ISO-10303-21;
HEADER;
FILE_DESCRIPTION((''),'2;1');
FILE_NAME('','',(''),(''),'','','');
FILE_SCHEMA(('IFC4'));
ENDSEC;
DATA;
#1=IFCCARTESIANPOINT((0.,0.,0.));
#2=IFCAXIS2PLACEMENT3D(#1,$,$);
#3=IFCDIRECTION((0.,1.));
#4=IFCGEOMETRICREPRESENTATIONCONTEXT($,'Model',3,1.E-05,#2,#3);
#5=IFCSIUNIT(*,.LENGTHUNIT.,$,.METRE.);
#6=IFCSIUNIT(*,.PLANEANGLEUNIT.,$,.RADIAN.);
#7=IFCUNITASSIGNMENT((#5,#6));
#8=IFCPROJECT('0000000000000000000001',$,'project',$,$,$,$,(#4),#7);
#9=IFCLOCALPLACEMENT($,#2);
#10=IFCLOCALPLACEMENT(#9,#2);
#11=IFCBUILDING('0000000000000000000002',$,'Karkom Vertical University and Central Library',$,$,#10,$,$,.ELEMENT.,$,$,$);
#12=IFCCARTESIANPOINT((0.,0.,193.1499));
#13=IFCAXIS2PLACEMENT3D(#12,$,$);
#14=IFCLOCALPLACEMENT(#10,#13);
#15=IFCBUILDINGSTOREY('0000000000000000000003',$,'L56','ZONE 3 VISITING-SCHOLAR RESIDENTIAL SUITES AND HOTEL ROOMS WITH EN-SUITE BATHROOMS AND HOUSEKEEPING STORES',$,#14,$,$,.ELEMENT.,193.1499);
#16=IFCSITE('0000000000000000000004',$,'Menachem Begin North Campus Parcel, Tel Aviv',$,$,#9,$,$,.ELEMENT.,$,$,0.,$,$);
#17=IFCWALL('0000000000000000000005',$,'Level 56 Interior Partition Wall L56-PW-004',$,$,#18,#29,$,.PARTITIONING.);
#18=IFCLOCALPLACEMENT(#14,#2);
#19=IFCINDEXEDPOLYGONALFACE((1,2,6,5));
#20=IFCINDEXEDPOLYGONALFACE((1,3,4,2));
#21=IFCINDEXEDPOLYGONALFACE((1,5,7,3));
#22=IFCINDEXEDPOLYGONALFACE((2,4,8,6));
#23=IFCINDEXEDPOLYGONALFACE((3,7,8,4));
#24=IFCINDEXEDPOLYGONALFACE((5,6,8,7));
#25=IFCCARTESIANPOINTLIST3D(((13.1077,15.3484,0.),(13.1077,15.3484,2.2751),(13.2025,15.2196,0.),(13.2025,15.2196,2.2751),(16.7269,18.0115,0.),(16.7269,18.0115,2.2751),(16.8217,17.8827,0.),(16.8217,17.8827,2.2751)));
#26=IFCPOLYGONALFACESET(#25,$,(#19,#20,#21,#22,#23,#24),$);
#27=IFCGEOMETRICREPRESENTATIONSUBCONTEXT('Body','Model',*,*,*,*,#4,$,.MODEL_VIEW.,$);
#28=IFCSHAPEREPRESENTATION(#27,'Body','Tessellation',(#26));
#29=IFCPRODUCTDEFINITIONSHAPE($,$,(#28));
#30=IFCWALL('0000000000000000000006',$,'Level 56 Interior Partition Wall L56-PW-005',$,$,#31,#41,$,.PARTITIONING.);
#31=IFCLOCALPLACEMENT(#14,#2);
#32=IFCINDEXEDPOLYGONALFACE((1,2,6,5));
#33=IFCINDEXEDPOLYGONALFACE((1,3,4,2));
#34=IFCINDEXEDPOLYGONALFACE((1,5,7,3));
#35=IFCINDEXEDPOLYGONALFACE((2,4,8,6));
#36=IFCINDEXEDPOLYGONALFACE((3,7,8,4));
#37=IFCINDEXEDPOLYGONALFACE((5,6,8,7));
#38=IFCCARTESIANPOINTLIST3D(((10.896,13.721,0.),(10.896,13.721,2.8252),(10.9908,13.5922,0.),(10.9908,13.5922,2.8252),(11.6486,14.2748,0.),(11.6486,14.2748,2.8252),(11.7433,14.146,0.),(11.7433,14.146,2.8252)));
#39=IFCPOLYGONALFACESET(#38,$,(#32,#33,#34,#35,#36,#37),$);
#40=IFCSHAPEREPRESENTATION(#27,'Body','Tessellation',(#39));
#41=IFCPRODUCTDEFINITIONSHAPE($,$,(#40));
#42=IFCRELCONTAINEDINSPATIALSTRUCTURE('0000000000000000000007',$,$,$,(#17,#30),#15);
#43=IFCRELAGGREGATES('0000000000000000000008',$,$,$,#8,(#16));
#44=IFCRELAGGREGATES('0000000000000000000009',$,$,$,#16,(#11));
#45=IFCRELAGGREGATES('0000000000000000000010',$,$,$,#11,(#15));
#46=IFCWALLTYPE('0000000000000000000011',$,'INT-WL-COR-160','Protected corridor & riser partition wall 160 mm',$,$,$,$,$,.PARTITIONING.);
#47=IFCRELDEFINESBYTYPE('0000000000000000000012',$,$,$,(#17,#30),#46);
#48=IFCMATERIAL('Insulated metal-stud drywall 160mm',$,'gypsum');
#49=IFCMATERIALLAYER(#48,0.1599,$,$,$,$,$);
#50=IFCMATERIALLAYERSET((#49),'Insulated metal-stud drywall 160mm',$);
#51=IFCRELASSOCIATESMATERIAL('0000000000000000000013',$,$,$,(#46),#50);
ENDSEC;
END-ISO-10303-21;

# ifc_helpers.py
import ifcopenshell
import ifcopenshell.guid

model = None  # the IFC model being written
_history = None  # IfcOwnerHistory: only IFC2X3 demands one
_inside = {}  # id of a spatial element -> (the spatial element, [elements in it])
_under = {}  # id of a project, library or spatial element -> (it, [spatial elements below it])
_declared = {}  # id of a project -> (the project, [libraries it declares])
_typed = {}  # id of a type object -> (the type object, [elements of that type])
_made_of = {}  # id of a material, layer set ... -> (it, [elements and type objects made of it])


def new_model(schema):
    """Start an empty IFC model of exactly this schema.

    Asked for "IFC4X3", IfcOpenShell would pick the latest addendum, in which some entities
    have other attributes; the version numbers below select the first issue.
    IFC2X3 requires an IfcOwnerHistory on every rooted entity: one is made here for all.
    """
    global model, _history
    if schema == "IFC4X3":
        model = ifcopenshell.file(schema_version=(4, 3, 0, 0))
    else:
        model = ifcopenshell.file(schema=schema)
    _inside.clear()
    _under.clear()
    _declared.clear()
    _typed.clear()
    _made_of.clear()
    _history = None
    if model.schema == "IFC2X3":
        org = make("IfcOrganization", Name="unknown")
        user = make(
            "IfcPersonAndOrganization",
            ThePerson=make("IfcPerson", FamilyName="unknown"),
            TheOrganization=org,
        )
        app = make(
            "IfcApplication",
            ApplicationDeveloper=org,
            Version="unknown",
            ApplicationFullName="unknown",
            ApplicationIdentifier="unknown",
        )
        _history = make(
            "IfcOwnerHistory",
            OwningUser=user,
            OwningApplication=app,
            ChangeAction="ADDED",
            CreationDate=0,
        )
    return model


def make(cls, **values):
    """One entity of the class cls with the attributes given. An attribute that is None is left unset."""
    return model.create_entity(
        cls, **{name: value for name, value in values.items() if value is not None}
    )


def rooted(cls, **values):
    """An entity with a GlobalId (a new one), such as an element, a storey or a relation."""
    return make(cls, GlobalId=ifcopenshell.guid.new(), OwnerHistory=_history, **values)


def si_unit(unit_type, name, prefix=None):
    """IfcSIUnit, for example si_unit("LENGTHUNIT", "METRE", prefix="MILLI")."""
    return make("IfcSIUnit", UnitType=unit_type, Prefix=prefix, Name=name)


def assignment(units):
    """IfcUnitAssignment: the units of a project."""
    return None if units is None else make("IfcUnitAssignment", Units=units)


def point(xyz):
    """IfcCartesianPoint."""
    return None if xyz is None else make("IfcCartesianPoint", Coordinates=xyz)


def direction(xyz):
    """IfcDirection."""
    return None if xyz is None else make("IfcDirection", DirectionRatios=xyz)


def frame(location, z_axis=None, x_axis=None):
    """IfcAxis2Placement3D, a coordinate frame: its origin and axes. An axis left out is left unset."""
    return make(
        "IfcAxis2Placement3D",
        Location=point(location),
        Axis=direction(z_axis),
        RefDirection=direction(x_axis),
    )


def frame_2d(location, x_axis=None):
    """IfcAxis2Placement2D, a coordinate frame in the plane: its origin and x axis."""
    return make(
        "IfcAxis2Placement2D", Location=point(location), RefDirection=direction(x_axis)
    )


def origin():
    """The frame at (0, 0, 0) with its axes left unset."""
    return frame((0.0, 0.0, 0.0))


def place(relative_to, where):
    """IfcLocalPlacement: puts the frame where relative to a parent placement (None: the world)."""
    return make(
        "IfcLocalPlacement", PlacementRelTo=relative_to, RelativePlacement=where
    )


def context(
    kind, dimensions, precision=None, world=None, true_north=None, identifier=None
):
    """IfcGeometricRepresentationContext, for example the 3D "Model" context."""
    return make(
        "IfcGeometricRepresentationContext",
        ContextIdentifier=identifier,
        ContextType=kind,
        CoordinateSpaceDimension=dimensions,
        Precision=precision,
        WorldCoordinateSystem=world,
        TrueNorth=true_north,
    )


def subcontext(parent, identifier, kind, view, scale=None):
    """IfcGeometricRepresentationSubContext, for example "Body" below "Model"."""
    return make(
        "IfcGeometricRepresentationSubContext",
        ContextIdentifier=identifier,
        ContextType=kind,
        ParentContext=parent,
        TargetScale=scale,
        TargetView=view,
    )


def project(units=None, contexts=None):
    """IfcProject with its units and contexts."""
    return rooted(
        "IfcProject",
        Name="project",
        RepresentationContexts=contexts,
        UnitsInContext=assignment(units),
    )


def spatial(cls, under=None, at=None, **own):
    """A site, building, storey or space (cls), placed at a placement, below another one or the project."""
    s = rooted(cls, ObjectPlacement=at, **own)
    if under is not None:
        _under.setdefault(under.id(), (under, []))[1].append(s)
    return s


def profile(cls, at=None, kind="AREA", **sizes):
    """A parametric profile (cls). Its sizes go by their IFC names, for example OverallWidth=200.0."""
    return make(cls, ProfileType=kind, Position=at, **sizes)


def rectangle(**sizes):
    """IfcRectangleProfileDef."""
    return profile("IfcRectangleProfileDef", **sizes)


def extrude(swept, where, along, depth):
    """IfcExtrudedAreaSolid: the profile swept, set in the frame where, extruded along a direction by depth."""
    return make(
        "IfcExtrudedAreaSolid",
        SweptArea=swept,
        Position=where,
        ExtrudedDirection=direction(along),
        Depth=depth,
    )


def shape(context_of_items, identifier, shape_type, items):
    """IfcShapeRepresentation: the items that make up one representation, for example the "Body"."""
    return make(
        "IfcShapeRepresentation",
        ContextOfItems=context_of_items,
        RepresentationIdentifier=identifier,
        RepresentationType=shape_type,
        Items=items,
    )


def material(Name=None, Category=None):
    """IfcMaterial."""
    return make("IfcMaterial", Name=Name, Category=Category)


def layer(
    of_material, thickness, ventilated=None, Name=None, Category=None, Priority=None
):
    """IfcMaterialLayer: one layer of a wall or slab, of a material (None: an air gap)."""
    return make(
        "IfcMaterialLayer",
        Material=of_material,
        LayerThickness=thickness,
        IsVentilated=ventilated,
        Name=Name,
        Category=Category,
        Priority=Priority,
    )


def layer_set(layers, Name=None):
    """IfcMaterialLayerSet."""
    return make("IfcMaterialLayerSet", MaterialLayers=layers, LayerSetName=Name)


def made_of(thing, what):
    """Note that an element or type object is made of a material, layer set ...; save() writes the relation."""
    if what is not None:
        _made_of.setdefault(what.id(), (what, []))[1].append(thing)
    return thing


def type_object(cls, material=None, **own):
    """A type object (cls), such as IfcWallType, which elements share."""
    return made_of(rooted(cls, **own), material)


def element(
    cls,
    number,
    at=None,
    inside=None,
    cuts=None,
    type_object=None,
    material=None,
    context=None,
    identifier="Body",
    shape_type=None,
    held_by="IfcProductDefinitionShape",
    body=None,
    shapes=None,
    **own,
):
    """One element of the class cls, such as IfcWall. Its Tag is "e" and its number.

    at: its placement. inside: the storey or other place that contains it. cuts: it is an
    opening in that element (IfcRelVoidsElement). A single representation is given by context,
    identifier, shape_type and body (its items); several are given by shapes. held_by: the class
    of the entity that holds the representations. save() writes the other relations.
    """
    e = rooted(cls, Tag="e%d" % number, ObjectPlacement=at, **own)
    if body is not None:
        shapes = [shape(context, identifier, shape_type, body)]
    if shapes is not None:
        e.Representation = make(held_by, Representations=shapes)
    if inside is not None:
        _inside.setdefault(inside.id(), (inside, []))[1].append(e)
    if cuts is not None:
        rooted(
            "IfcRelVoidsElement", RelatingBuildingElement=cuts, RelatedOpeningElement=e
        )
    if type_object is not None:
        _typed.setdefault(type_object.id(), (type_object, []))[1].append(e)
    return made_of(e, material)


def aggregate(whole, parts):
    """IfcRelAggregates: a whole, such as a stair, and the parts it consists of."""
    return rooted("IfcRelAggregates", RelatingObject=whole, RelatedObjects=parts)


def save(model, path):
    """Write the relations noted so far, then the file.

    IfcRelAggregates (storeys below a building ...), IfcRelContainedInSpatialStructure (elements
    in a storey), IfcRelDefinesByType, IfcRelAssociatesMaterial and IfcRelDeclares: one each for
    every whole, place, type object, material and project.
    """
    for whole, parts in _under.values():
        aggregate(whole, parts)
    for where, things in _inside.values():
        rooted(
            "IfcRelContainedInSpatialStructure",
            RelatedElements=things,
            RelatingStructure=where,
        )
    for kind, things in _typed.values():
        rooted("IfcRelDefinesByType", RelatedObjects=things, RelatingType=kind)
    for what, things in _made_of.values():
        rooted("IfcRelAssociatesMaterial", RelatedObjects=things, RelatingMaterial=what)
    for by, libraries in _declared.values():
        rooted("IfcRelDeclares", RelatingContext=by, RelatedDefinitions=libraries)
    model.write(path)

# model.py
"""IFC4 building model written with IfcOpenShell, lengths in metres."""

from ifc_helpers import new_model, si_unit, direction, frame, frame_2d, origin, place, context, subcontext, project, spatial, rectangle, extrude, material, layer, layer_set, type_object, element, save


model = new_model("IFC4")

# Units and contexts
model_context = context("Model", 3, precision=1e-05, world=origin(), true_north=direction((0.0, 1.0)))
body_context = subcontext(model_context, "Body", "Model", "MODEL_VIEW")
ifc_project = project(units=[si_unit("LENGTHUNIT", "METRE"), si_unit("PLANEANGLEUNIT", "RADIAN")], contexts=[model_context])

# Site, building, storey
site_placement = place(None, origin())
site = spatial("IfcSite", under=ifc_project, at=site_placement, Name="Menachem Begin North Campus Parcel, Tel Aviv", CompositionType="ELEMENT", RefElevation=0.0)
building_placement = place(site_placement, origin())
building = spatial("IfcBuilding", under=site, at=building_placement, Name="Karkom Vertical University and Central Library", CompositionType="ELEMENT")
storey_placement = place(building_placement, frame((0.0, 0.0, 193.1499)))
storey = spatial("IfcBuildingStorey", under=building, at=storey_placement, Name="L56", Description="ZONE 3 VISITING-SCHOLAR RESIDENTIAL SUITES AND HOTEL ROOMS WITH EN-SUITE BATHROOMS AND HOUSEKEEPING STORES", CompositionType="ELEMENT", Elevation=193.1499)

# Shared definitions
ifc_material_1 = material(Name="Insulated metal-stud drywall 160mm", Category="gypsum")
ifc_layer_1 = layer(ifc_material_1, 0.1599)
ifc_layer_set_1 = layer_set([ifc_layer_1], Name="Insulated metal-stud drywall 160mm")
wall_type_1 = type_object("IfcWallType", Name="INT-WL-COR-160", Description="Protected corridor & riser partition wall 160 mm", PredefinedType="PARTITIONING", material=ifc_layer_set_1)

# Walls
wall_1_placement = place(storey_placement, frame((16.7742, 17.947, 0.0), z_axis=(0.0, 0.0, 1.0), x_axis=(-0.805444, -0.592673, 0.0)))
element("IfcWall", 1, at=wall_1_placement, inside=storey, type_object=wall_type_1, Name="Level 56 Interior Partition Wall L56-PW-004", PredefinedType="PARTITIONING", context=body_context, shape_type="SweptSolid", body=[
    extrude(rectangle(XDim=4.4934, YDim=0.1599, at=frame_2d((2.2466, 0.0))), origin(), (0.0, 0.0, 1.0), 2.2751),
])
wall_2_placement = place(storey_placement, frame((11.696, 14.2104, 0.0), z_axis=(0.0, 0.0, 1.0), x_axis=(-0.805424, -0.5927, 0.0)))
element("IfcWall", 2, at=wall_2_placement, inside=storey, type_object=wall_type_1, Name="Level 56 Interior Partition Wall L56-PW-005", PredefinedType="PARTITIONING", context=body_context, shape_type="SweptSolid", body=[
    extrude(rectangle(XDim=0.9343, YDim=0.1599, at=frame_2d((0.4673, 0.0))), origin(), (0.0, 0.0, 1.0), 2.8252),
])

save(model, "model.ifc")
